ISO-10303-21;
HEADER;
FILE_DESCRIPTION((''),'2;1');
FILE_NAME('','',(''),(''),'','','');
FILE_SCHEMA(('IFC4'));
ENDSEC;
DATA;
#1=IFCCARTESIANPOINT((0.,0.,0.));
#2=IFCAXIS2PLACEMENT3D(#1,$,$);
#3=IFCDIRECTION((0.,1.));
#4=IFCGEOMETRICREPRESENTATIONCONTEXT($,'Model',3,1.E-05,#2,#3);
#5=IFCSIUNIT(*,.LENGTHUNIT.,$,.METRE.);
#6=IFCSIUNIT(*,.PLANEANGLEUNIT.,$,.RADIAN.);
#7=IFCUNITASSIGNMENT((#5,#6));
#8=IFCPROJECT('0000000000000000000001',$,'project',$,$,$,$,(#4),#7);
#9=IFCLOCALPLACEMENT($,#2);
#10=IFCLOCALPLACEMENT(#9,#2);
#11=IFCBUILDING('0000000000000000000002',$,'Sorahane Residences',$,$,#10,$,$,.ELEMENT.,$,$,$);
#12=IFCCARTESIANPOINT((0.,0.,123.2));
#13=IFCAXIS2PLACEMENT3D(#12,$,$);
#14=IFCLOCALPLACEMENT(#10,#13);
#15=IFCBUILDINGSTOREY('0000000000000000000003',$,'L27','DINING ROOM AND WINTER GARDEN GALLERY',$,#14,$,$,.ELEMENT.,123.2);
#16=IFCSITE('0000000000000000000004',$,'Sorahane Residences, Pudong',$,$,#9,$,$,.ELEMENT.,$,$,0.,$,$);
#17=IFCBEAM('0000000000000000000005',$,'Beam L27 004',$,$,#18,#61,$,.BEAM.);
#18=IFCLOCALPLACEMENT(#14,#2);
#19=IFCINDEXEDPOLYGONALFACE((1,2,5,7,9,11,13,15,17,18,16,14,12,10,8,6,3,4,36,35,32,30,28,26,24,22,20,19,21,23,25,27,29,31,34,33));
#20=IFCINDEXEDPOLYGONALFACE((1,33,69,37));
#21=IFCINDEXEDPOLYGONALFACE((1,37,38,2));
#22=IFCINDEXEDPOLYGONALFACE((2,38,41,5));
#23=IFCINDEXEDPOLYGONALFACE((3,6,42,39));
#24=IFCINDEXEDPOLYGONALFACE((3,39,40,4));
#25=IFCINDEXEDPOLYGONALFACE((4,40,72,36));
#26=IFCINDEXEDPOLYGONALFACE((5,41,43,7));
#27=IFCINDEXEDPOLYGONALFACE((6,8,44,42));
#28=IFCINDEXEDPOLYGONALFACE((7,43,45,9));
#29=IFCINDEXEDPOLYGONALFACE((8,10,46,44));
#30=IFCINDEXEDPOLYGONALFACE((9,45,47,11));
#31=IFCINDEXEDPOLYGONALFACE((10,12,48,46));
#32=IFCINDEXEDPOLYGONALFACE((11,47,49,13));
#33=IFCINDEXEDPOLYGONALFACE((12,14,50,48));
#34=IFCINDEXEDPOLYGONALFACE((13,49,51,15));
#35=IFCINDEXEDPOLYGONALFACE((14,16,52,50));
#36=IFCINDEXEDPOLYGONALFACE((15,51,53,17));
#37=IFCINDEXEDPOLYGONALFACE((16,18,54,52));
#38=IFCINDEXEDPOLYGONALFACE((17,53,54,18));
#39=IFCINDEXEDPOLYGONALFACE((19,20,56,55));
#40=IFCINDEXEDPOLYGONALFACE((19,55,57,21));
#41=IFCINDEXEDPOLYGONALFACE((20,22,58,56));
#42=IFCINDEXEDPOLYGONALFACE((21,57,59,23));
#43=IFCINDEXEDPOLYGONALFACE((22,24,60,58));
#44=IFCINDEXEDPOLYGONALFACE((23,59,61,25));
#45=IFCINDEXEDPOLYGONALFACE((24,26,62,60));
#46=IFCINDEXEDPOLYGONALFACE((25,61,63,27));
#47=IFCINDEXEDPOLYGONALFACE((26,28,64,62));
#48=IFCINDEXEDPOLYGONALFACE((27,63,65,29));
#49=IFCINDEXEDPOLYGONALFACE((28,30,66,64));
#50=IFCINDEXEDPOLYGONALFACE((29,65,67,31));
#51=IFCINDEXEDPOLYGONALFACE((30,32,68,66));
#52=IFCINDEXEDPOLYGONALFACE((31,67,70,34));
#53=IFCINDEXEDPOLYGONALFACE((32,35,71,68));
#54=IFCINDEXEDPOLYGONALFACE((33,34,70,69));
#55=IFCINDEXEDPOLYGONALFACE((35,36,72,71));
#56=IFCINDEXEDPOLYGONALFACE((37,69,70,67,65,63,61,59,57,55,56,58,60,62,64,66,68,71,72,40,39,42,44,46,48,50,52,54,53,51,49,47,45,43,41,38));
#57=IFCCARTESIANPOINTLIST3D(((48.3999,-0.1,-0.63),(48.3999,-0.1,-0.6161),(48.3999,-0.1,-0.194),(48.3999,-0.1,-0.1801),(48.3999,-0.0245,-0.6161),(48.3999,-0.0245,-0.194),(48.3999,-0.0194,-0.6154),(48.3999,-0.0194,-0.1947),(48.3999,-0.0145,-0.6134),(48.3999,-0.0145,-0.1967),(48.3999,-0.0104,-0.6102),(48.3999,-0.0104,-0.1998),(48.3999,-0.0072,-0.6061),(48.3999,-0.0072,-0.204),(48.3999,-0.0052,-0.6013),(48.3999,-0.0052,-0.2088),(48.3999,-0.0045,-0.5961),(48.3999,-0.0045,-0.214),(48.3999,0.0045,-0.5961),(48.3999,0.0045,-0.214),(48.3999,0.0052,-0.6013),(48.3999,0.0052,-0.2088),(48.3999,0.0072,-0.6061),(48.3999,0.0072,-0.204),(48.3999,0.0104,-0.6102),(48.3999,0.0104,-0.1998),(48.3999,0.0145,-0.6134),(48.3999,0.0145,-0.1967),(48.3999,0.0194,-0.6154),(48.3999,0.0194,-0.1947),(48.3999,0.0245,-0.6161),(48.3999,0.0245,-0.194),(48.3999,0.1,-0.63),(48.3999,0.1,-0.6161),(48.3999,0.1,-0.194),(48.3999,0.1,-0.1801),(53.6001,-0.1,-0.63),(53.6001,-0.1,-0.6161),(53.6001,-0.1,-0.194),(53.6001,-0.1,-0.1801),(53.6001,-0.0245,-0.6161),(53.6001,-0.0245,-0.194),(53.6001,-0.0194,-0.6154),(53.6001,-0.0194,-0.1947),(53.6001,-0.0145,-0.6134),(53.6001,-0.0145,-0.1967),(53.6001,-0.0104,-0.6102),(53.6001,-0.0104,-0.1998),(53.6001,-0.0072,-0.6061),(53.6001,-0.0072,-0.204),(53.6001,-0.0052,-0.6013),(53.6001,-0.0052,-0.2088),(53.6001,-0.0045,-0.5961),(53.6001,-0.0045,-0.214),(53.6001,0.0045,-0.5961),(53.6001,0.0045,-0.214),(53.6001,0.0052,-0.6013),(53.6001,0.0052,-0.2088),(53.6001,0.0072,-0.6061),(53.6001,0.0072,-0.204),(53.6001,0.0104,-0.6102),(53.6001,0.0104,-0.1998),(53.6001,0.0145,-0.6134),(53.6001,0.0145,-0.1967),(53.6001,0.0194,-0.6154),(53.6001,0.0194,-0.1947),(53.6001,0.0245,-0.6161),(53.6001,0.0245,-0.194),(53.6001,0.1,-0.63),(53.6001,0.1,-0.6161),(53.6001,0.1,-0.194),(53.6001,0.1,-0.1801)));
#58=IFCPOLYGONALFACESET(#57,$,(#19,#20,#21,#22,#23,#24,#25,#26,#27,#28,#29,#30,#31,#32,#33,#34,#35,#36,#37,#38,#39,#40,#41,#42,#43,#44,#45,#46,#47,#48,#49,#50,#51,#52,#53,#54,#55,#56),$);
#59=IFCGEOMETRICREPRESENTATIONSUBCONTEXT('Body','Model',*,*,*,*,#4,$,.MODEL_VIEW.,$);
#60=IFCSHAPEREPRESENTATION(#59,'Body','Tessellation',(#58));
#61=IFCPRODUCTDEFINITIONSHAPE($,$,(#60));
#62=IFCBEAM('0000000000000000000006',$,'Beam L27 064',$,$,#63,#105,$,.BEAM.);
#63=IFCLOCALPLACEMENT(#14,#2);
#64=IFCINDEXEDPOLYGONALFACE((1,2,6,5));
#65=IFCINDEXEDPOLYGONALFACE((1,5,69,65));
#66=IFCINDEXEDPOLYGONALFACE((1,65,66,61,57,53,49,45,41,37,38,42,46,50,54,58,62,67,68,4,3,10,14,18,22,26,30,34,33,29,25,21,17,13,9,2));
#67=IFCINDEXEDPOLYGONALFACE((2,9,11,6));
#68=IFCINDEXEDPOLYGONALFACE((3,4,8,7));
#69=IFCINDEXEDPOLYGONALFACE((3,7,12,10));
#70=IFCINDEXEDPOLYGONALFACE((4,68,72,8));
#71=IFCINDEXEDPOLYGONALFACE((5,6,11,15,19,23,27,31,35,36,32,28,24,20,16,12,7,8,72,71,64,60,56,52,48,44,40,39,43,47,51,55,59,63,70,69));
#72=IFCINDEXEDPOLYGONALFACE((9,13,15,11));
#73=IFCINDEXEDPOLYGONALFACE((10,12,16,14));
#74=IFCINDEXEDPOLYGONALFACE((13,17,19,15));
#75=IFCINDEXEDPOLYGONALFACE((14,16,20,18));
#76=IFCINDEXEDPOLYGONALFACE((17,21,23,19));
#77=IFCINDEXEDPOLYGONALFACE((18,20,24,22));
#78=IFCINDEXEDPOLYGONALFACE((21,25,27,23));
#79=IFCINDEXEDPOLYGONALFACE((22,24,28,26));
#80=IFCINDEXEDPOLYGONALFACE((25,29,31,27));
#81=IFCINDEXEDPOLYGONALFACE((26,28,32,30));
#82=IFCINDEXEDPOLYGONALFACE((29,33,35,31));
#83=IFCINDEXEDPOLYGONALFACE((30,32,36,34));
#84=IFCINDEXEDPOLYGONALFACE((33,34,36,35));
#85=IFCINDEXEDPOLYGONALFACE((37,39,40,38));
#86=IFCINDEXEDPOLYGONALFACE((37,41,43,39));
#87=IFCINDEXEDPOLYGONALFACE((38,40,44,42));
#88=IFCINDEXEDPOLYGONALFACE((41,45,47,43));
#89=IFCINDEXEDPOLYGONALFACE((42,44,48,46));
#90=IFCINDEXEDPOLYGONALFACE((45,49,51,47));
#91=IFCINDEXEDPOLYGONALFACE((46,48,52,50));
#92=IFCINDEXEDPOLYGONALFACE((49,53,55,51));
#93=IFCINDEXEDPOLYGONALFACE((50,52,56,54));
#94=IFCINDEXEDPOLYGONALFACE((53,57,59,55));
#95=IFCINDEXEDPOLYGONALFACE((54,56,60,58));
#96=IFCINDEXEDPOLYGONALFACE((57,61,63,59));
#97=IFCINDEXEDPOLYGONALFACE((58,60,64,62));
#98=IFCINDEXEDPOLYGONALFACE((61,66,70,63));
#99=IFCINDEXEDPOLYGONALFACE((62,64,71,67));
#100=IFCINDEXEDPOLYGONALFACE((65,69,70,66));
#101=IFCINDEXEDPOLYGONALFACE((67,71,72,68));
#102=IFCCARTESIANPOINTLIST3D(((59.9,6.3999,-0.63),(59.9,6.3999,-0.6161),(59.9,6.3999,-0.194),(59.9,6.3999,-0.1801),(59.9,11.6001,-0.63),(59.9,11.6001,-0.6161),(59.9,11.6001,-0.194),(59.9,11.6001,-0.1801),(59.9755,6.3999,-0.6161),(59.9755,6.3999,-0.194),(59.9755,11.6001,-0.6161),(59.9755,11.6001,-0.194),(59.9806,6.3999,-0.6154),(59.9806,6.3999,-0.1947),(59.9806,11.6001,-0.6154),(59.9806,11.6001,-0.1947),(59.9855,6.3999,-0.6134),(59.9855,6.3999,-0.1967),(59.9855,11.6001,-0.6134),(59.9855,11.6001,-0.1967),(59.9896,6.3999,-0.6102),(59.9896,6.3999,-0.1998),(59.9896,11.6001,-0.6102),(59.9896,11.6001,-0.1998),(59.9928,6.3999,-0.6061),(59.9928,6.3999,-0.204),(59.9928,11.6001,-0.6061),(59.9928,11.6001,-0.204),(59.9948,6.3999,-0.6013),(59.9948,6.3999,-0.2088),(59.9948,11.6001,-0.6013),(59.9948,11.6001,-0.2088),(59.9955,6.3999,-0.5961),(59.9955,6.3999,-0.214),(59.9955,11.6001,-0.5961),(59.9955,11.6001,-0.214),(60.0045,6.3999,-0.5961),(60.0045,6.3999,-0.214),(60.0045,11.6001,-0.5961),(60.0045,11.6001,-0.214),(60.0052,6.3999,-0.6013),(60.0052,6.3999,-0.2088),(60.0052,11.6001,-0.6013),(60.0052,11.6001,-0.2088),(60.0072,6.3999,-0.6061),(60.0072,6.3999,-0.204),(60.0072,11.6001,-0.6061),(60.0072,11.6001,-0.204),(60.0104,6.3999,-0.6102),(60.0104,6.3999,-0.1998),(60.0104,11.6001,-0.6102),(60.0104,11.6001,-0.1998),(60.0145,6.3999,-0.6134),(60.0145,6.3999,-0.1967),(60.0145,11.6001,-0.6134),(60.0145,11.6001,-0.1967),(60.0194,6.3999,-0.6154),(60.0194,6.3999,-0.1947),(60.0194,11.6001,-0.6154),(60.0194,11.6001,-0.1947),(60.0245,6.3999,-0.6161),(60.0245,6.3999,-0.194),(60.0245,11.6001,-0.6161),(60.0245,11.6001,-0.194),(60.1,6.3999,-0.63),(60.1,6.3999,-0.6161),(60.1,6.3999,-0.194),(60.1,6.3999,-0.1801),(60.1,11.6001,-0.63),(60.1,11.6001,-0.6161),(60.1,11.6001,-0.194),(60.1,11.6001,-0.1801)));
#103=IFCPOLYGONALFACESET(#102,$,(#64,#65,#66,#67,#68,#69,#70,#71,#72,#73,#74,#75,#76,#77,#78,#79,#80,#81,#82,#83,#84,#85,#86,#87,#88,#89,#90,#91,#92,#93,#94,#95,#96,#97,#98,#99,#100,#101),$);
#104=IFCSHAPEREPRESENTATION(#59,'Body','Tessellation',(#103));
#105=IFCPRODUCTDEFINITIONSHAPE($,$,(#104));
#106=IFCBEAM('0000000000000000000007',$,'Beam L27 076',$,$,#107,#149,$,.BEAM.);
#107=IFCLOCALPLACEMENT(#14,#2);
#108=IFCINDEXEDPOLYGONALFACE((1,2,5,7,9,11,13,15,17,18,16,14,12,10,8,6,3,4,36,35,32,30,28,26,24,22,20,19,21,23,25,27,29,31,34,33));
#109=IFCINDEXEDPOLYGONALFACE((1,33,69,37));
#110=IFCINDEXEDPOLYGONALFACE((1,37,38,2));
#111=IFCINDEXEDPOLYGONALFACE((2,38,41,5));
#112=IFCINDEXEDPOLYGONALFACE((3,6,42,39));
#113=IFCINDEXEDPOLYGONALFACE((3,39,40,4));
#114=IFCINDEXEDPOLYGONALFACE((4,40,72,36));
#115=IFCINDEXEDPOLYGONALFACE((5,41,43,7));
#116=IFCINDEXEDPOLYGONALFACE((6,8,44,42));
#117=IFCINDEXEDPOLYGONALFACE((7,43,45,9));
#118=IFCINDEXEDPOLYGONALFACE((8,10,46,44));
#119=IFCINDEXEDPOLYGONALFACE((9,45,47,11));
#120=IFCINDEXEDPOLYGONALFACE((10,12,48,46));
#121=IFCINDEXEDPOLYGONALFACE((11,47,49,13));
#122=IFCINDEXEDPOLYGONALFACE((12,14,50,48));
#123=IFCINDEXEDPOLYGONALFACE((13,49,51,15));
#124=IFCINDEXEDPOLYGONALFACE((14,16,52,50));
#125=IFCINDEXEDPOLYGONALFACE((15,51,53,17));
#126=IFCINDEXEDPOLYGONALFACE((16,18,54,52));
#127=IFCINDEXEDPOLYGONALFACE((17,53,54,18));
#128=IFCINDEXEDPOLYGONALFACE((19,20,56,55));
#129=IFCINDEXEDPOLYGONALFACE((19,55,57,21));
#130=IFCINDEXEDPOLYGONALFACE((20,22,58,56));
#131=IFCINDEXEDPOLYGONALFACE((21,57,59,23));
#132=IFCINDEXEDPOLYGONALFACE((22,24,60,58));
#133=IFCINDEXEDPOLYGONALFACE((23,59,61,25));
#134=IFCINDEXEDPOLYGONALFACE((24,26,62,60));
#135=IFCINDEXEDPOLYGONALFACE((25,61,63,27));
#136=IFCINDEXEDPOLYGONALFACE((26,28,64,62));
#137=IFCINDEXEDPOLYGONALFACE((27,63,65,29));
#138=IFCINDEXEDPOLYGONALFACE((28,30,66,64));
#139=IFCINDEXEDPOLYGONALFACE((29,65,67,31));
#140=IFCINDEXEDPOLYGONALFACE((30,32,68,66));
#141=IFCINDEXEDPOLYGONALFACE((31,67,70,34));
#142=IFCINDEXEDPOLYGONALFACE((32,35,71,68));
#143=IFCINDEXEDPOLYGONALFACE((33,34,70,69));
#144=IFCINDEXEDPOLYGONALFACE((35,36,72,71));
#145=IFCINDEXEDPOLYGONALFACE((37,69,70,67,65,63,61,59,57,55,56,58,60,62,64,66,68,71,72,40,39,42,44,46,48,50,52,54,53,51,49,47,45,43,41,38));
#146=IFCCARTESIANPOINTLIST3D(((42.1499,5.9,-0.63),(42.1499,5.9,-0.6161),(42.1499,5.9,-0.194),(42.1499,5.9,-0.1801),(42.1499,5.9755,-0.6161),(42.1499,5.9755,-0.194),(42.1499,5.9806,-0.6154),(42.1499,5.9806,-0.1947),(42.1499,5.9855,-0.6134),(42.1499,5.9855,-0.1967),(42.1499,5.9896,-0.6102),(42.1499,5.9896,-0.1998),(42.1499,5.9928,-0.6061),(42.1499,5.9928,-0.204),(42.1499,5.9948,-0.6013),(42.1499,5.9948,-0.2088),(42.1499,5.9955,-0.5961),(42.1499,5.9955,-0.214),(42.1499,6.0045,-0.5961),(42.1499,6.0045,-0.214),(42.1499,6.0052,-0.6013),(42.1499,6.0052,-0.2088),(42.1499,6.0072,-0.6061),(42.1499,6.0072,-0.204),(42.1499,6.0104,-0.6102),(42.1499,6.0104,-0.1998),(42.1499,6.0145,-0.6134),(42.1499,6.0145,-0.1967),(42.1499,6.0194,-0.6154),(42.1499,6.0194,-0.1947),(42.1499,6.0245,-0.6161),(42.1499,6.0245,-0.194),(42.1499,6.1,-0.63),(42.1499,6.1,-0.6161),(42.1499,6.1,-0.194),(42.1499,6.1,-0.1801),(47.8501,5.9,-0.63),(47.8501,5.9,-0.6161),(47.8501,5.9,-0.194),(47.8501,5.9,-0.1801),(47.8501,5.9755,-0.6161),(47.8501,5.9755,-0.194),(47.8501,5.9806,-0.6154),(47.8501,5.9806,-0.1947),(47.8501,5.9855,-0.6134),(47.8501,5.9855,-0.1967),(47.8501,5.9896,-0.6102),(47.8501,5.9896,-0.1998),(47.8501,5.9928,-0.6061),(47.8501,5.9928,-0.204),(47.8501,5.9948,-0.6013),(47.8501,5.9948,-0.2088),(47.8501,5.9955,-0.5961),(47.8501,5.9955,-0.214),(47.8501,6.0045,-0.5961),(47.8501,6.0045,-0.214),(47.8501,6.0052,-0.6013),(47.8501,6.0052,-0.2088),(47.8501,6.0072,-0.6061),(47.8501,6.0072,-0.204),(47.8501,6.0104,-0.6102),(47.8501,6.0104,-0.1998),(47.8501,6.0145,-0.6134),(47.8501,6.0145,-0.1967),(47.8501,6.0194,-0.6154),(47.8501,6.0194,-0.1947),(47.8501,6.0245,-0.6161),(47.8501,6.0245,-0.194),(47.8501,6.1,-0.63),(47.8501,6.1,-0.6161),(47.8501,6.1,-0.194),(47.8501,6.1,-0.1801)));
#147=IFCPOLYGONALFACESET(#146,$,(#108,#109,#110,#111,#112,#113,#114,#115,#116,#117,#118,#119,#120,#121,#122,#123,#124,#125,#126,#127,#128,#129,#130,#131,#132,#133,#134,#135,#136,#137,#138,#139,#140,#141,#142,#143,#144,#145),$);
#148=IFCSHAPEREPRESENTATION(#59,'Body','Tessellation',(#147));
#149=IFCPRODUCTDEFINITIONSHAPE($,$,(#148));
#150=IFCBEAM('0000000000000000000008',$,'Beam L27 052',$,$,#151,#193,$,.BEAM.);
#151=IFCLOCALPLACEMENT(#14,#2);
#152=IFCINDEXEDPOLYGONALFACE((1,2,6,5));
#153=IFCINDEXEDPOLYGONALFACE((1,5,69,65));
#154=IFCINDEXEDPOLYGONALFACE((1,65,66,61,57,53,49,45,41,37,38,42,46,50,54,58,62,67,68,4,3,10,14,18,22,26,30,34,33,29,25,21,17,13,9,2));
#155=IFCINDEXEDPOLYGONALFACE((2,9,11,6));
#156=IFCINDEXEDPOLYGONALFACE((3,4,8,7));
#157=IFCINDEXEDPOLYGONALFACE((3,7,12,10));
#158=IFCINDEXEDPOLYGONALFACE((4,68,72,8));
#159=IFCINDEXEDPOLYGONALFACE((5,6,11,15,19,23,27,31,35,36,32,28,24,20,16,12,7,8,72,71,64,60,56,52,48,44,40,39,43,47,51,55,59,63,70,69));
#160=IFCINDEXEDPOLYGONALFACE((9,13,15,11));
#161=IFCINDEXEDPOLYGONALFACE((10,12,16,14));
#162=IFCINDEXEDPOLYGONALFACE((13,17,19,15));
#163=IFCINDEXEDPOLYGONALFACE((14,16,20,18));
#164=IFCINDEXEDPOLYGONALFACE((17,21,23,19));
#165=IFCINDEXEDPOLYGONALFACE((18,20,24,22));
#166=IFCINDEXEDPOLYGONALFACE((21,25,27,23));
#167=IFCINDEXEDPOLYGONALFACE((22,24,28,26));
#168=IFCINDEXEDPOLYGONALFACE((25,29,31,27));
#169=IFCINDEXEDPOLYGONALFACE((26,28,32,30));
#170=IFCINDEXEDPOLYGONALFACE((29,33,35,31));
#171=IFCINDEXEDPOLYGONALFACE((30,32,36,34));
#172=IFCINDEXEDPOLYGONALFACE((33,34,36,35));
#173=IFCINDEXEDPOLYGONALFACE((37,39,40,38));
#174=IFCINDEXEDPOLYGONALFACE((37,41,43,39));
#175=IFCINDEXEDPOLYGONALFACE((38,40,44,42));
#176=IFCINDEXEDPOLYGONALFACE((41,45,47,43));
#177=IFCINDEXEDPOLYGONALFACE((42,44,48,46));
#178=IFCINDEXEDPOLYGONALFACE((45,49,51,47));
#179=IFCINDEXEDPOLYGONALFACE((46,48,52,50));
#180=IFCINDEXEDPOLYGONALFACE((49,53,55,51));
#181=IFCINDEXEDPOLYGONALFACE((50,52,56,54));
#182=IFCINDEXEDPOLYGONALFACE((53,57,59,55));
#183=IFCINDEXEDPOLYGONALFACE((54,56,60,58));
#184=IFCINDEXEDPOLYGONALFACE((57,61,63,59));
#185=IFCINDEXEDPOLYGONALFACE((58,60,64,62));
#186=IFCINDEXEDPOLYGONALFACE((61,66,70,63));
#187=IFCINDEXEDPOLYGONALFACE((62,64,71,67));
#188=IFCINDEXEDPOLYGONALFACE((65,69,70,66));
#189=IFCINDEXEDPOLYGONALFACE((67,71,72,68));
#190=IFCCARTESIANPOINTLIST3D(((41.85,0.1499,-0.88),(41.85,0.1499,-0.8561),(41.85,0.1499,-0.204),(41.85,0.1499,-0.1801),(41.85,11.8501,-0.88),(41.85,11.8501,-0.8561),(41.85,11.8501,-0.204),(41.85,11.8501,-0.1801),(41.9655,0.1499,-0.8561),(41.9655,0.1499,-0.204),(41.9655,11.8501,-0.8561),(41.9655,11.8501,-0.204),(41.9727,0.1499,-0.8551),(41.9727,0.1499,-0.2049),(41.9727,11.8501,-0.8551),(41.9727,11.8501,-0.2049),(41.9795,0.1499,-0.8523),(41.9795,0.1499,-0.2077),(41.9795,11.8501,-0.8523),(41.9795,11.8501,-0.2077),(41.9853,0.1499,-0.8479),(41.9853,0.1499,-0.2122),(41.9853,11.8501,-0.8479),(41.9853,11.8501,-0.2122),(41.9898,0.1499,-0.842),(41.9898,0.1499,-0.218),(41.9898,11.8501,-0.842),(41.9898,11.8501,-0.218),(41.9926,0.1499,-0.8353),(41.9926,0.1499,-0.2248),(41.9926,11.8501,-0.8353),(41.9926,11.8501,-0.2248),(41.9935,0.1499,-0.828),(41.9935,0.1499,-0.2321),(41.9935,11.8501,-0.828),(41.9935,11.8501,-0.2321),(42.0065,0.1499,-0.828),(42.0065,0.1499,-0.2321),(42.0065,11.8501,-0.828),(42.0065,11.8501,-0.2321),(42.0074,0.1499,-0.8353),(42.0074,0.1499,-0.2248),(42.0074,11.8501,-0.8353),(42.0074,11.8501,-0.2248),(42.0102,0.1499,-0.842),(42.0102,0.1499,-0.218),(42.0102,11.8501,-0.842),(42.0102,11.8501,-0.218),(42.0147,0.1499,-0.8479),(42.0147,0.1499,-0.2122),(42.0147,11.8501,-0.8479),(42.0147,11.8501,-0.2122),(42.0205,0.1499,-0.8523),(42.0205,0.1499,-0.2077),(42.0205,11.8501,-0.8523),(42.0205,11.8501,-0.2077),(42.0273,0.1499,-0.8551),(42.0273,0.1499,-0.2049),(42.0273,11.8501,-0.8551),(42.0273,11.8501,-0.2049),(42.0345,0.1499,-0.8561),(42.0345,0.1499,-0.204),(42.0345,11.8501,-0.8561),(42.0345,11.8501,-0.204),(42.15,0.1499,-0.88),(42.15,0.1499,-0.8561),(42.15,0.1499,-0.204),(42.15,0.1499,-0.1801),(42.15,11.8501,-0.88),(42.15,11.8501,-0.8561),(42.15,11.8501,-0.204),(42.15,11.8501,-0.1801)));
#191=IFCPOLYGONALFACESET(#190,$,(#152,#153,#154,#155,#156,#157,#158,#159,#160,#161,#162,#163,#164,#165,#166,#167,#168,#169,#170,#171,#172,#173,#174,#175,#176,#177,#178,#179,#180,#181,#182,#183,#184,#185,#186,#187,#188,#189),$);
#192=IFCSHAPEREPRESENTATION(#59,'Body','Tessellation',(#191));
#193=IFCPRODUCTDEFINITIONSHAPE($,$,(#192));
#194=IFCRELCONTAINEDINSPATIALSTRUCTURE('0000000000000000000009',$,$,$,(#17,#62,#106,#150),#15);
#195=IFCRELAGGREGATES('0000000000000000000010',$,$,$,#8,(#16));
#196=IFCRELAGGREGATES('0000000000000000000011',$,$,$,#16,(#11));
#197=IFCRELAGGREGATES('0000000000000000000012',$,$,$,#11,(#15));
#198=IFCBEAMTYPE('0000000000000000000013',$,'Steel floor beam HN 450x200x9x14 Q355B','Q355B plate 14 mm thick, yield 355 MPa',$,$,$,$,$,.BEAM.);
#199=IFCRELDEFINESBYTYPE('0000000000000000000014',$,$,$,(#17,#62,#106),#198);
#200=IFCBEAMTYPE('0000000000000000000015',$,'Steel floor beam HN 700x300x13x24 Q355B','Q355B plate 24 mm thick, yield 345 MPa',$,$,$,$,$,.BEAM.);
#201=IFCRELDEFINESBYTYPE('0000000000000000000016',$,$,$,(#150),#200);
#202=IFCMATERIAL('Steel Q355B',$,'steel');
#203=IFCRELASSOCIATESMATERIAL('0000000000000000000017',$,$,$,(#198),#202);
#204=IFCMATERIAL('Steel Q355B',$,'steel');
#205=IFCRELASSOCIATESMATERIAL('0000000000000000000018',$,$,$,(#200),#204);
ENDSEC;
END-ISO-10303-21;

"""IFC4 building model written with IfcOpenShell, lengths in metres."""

from ifc_helpers import new_model, si_unit, direction, frame, origin, origin_2d, place, context, subcontext, project, spatial, i_section, extrude, material, material_profile, profile_set, type_object, element, save


model = new_model("IFC4")

# Units and contexts
model_context = context("Model", 3, precision=1e-05, world=origin(), true_north=direction((0.0, 1.0)))
body_context = subcontext(model_context, "Body", "Model", "MODEL_VIEW")
ifc_project = project(units=[si_unit("LENGTHUNIT", "METRE"), si_unit("PLANEANGLEUNIT", "RADIAN")], contexts=[model_context])

# Site, building, storey
site_placement = place(None, origin())
site = spatial("IfcSite", under=ifc_project, at=site_placement, Name="Sorahane Residences, Pudong", CompositionType="ELEMENT", RefElevation=0.0)
building_placement = place(site_placement, origin())
building = spatial("IfcBuilding", under=site, at=building_placement, Name="Sorahane Residences", CompositionType="ELEMENT")
storey_placement = place(building_placement, frame((0.0, 0.0, 123.2)))
storey = spatial("IfcBuildingStorey", under=building, at=storey_placement, Name="L27", Description="DINING ROOM AND WINTER GARDEN GALLERY", CompositionType="ELEMENT", Elevation=123.2)

# Beams
ifc_material_1 = material(Name="Steel Q355B", Category="steel")
ifc_material_profile_1 = material_profile(ifc_material_1, i_section(OverallWidth=0.2, OverallDepth=0.45, WebThickness=0.009, FlangeThickness=0.0139, FilletRadius=0.02, at=origin_2d()), Name="HN 450x200x9x14")
ifc_profile_set_1 = profile_set([ifc_material_profile_1], Name="Steel Q355B")
beam_type_1 = type_object("IfcBeamType", Name="Steel floor beam HN 450x200x9x14 Q355B", Description="Q355B plate 14 mm thick, yield 355 MPa", PredefinedType="BEAM", material=ifc_profile_set_1)
for number, where, z_axis, x_axis, name in (
    (1, (48.3999, 0.0, -0.405), (1.0, 0.0, 0.0), (0.0, 1.0, 0.0), "Beam L27 004"),
    (2, (60.0, 6.3999, -0.405), (0.0, 1.0, 0.0), (-1.0, 0.0, 0.0), "Beam L27 064"),
):
    element("IfcBeam", number, at=place(storey_placement, frame(where, z_axis=z_axis, x_axis=x_axis)), inside=storey, type_object=beam_type_1, Name=name, PredefinedType="BEAM", context=body_context, shape_type="SweptSolid", body=[
        extrude(i_section(OverallWidth=0.2, OverallDepth=0.45, WebThickness=0.009, FlangeThickness=0.0139, FilletRadius=0.02, at=origin_2d()), origin(), (0.0, 0.0, 1.0), 5.2002),
    ])
beam_1_placement = place(storey_placement, frame((42.1499, 6.0, -0.405), z_axis=(1.0, 0.0, 0.0), x_axis=(0.0, 1.0, 0.0)))
element("IfcBeam", 3, at=beam_1_placement, inside=storey, type_object=beam_type_1, Name="Beam L27 076", PredefinedType="BEAM", context=body_context, shape_type="SweptSolid", body=[
    extrude(i_section(OverallWidth=0.2, OverallDepth=0.45, WebThickness=0.009, FlangeThickness=0.0139, FilletRadius=0.02, at=origin_2d()), origin(), (0.0, 0.0, 1.0), 5.7002),
])
ifc_material_2 = material(Name="Steel Q355B", Category="steel")
ifc_material_profile_2 = material_profile(ifc_material_2, i_section(OverallWidth=0.3, OverallDepth=0.7, WebThickness=0.0129, FlangeThickness=0.0239, FilletRadius=0.0281, at=origin_2d()), Name="HN 700x300x13x24")
ifc_profile_set_2 = profile_set([ifc_material_profile_2], Name="Steel Q355B")
beam_type_2 = type_object("IfcBeamType", Name="Steel floor beam HN 700x300x13x24 Q355B", Description="Q355B plate 24 mm thick, yield 345 MPa", PredefinedType="BEAM", material=ifc_profile_set_2)
beam_2_placement = place(storey_placement, frame((42.0, 0.1499, -0.53), z_axis=(0.0, 1.0, 0.0), x_axis=(-1.0, 0.0, 0.0)))
element("IfcBeam", 4, at=beam_2_placement, inside=storey, type_object=beam_type_2, Name="Beam L27 052", PredefinedType="BEAM", context=body_context, shape_type="SweptSolid", body=[
    extrude(i_section(OverallWidth=0.3, OverallDepth=0.7, WebThickness=0.0129, FlangeThickness=0.0239, FilletRadius=0.0281, at=origin_2d()), origin(), (0.0, 0.0, 1.0), 11.7002),
])

save(model, "model.ifc")
